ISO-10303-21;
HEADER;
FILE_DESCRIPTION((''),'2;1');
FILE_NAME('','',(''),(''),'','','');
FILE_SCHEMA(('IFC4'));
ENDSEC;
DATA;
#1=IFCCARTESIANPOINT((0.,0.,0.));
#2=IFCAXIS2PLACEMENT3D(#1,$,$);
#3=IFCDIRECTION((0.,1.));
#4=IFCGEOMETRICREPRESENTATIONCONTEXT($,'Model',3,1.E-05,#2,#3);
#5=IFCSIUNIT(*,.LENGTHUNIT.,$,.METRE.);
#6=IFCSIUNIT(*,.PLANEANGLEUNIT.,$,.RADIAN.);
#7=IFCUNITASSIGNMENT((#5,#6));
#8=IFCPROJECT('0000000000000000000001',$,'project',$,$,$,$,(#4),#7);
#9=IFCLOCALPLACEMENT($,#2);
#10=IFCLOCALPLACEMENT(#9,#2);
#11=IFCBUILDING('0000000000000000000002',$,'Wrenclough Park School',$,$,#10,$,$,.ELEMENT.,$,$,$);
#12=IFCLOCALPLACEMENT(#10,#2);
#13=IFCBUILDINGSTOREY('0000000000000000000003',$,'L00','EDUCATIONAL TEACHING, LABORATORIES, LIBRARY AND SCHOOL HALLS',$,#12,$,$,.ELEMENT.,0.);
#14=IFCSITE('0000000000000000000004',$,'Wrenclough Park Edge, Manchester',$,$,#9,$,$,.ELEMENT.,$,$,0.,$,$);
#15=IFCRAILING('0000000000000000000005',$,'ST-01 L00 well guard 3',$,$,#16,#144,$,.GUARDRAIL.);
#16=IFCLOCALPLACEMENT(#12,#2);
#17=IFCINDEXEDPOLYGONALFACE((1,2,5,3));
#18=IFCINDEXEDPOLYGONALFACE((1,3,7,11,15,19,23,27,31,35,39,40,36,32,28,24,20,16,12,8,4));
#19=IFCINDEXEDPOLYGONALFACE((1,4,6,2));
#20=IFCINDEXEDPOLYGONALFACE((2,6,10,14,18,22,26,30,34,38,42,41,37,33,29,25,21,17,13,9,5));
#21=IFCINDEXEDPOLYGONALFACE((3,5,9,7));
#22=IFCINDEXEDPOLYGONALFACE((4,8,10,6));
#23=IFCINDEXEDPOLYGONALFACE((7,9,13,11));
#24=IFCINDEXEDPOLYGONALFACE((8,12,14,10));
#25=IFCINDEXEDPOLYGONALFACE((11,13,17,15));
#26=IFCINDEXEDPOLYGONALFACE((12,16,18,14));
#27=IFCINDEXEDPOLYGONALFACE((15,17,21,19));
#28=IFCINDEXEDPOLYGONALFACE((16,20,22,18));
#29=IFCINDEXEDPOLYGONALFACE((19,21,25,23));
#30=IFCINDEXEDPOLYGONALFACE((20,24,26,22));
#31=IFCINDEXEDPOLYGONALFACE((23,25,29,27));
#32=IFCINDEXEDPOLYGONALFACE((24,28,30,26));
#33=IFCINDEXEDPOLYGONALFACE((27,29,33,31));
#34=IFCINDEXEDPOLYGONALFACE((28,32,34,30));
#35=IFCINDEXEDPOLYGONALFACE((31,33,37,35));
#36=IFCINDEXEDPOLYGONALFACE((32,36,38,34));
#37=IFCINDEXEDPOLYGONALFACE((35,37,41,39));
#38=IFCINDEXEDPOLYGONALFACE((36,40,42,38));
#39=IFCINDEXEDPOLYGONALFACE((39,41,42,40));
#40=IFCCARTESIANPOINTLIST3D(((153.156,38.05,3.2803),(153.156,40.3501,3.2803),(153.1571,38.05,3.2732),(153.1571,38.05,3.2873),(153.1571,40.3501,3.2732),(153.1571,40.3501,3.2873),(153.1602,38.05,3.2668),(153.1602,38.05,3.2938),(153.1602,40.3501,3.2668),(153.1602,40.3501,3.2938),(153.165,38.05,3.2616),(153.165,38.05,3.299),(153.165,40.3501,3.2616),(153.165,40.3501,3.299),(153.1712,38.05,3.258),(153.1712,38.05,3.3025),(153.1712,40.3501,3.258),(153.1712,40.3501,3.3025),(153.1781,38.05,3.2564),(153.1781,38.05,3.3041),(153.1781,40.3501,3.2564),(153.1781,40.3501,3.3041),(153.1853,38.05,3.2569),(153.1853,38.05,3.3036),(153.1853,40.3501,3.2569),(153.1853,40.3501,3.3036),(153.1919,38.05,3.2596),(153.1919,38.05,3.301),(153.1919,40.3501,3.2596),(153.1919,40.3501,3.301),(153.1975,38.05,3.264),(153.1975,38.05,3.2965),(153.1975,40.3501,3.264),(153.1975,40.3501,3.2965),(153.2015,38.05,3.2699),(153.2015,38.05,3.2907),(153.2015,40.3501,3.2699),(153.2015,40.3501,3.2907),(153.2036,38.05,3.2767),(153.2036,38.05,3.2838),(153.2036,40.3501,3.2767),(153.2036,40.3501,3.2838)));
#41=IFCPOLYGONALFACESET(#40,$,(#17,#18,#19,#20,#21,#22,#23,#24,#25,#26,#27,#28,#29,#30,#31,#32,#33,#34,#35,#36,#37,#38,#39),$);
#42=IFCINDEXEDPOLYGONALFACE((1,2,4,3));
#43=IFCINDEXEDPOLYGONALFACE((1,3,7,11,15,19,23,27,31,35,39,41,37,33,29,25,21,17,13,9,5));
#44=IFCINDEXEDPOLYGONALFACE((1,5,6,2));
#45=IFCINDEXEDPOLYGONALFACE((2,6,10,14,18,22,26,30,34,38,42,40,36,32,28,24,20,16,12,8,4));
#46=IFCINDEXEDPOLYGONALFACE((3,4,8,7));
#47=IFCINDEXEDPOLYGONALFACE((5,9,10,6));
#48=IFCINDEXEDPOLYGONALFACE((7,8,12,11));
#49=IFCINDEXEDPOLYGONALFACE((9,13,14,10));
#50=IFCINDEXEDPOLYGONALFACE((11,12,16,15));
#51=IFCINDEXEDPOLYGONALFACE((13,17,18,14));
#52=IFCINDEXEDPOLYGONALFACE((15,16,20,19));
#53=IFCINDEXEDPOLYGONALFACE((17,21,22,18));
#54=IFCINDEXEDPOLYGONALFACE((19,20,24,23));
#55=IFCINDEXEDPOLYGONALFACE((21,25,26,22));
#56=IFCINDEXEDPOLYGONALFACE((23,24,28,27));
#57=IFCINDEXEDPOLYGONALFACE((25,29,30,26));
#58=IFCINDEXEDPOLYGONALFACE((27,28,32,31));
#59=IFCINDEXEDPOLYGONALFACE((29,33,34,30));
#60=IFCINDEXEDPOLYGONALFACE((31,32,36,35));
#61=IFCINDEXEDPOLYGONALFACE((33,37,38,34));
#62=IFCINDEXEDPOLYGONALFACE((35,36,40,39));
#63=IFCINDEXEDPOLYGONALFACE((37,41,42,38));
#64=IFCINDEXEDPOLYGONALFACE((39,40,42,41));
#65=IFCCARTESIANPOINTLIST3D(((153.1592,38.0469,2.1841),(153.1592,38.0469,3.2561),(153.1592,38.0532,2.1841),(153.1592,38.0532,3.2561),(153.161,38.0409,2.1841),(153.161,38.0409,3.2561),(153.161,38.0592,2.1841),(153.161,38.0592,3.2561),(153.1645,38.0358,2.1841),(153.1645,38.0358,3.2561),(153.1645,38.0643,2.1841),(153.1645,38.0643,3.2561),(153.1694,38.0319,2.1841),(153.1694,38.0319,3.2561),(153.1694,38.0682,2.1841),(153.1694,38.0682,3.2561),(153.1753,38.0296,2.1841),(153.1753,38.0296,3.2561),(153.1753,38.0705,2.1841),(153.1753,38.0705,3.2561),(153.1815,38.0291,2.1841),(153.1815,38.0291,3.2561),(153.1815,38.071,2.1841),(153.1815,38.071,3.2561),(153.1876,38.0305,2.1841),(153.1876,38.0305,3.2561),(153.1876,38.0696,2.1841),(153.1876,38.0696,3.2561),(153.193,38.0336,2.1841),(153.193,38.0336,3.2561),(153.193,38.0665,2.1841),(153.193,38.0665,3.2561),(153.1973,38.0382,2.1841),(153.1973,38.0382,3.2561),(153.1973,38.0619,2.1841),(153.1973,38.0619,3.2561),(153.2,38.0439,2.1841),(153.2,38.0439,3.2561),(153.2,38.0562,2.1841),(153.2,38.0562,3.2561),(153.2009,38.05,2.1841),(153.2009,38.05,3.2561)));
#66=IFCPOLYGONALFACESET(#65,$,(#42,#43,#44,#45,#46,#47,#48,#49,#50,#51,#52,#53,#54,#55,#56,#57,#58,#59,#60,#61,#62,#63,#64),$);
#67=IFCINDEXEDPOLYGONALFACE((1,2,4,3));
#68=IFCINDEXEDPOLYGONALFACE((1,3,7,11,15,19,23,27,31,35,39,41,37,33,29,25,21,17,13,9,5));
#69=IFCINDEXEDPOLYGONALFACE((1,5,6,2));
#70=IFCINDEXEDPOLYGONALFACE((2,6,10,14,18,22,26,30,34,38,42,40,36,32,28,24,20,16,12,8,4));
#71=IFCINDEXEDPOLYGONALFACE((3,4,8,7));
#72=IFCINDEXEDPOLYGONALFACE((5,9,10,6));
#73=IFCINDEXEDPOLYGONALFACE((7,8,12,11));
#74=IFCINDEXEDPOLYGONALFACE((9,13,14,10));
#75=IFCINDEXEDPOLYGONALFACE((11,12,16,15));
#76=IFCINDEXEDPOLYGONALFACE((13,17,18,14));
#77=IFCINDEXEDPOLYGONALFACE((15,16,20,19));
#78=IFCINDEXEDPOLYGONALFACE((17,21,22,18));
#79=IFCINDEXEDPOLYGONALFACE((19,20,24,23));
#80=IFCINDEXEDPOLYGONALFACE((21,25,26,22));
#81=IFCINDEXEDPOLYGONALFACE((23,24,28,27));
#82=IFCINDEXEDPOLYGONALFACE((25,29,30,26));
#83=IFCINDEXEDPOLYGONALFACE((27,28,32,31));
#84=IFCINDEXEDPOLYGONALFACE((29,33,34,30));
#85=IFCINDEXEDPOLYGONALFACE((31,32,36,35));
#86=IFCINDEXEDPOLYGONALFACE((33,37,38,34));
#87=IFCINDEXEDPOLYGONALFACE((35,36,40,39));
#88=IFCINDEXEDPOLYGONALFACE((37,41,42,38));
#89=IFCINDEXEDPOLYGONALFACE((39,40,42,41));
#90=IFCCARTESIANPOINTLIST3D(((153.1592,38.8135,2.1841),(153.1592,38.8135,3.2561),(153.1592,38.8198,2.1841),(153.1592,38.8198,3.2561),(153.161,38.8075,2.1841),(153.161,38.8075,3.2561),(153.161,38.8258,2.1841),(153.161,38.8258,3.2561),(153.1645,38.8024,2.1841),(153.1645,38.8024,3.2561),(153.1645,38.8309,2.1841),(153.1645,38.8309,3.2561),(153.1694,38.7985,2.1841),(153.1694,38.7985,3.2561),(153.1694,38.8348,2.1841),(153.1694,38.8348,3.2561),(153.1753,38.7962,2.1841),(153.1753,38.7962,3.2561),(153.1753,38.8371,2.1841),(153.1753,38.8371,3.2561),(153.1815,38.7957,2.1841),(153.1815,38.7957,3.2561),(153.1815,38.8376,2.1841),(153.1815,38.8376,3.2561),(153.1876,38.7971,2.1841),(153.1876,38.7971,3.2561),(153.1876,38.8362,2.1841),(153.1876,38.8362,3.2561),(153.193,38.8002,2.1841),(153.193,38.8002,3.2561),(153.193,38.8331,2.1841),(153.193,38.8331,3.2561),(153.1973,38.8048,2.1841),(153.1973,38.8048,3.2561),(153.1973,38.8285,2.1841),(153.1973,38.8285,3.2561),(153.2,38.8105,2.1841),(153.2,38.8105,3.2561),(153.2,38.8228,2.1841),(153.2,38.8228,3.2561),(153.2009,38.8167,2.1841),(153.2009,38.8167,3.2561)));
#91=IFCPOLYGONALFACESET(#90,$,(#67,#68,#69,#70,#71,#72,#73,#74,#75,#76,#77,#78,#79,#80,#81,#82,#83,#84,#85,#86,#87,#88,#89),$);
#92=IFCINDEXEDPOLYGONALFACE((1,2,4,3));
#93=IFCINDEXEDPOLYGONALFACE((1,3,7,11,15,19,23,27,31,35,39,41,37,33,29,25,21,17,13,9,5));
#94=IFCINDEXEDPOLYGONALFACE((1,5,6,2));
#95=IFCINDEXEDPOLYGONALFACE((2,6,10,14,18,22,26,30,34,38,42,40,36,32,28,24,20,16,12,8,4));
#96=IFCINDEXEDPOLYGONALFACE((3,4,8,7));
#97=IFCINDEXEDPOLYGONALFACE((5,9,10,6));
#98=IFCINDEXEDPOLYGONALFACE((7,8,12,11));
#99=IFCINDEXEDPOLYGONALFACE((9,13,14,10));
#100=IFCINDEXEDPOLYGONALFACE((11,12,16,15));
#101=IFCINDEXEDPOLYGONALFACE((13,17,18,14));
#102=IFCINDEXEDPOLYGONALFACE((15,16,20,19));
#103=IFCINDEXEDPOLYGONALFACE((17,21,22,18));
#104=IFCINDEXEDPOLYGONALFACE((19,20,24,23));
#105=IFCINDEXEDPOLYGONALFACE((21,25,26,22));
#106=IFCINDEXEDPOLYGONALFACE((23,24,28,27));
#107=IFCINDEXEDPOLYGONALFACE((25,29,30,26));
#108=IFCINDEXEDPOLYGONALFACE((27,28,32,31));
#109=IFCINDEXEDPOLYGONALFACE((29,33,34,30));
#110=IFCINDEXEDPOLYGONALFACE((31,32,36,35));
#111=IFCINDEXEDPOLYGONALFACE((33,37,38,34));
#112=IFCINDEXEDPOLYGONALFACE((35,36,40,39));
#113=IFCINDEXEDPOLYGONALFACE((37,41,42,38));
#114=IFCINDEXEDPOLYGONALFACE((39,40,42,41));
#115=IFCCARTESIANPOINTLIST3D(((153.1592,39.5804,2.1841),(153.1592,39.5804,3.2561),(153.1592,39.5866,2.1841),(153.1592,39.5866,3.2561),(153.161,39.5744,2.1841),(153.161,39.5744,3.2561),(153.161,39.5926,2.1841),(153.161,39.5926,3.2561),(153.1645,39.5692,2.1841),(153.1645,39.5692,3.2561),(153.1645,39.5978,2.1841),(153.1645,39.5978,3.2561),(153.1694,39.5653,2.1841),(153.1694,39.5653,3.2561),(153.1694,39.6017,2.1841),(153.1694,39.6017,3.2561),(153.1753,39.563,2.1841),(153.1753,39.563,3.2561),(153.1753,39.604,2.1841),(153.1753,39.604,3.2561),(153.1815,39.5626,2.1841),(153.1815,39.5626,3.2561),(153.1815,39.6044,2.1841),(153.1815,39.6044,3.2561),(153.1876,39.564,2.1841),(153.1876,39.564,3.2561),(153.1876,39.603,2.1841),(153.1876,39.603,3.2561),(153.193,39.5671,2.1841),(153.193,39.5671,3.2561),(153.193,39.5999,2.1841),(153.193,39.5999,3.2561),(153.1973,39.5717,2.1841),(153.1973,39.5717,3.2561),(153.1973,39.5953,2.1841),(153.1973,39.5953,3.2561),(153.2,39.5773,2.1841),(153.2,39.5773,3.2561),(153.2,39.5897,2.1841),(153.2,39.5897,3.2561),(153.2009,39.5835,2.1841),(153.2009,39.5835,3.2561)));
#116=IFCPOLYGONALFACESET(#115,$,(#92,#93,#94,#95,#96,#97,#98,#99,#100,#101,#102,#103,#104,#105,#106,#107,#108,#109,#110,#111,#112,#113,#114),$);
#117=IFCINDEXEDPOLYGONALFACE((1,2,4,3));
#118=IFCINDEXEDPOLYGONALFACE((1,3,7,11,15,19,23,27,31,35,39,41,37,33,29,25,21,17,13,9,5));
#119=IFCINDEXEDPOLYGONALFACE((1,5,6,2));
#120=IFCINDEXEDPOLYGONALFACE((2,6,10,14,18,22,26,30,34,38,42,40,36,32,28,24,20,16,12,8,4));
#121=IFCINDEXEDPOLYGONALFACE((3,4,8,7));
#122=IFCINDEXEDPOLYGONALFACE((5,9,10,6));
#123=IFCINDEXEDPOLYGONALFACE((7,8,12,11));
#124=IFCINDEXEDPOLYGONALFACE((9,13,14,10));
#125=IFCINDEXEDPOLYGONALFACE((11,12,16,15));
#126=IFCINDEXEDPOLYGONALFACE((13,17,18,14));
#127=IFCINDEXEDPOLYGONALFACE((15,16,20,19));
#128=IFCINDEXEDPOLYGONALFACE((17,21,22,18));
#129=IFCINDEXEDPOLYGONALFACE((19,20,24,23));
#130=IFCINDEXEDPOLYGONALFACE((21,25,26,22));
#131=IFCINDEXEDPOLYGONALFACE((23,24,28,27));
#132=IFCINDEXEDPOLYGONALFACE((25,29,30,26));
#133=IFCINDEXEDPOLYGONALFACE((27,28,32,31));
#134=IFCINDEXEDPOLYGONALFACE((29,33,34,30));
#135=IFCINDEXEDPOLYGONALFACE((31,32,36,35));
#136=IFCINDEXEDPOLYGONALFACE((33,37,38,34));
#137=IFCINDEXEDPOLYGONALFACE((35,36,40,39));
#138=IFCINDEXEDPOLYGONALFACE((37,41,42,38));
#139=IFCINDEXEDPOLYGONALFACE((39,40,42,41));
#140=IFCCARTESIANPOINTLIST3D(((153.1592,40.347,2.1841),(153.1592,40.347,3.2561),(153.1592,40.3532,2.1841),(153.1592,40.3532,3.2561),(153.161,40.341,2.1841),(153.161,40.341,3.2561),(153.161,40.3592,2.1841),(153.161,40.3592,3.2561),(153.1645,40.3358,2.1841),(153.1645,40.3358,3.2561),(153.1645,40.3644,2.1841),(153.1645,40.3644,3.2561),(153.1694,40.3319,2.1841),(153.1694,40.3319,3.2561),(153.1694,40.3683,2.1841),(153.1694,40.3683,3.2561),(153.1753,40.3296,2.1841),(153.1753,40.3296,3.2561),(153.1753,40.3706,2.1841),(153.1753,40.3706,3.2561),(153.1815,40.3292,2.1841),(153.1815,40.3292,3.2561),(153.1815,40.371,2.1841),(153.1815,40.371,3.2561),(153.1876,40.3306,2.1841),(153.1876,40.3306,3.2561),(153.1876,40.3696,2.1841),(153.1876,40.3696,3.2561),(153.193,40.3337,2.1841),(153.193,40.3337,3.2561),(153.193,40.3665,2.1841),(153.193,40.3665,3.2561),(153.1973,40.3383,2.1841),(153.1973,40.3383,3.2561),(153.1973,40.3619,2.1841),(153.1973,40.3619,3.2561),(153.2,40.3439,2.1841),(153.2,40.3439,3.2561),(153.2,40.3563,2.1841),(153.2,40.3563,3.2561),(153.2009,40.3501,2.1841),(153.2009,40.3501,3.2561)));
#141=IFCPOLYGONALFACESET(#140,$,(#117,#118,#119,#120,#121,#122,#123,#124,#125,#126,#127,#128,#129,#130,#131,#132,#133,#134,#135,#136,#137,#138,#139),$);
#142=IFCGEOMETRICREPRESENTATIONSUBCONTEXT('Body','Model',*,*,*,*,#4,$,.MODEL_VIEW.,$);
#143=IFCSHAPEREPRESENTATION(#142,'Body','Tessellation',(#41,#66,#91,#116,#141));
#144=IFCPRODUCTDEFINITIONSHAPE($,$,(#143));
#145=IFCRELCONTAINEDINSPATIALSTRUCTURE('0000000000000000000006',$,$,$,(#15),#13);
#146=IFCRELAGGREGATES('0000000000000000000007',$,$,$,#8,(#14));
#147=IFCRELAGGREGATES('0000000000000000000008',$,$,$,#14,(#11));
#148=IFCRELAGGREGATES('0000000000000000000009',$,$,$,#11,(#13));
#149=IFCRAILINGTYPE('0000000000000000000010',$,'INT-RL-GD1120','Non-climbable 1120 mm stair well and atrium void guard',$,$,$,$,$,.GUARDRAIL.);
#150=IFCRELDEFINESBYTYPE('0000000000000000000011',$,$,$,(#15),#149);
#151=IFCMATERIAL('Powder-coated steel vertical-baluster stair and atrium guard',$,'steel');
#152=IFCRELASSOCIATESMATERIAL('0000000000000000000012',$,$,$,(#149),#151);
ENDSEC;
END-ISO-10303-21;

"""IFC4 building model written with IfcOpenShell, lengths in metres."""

from ifc_helpers import new_model, si_unit, direction, frame, origin, origin_2d, place, context, subcontext, project, spatial, circle, extrude, material, type_object, element, save


model = new_model("IFC4")

# Units and contexts
model_context = context("Model", 3, precision=1e-05, world=origin(), true_north=direction((0.0, 1.0)))
body_context = subcontext(model_context, "Body", "Model", "MODEL_VIEW")
ifc_project = project(units=[si_unit("LENGTHUNIT", "METRE"), si_unit("PLANEANGLEUNIT", "RADIAN")], contexts=[model_context])

# Site, building, storey
site_placement = place(None, origin())
site = spatial("IfcSite", under=ifc_project, at=site_placement, Name="Wrenclough Park Edge, Manchester", CompositionType="ELEMENT", RefElevation=0.0)
building_placement = place(site_placement, origin())
building = spatial("IfcBuilding", under=site, at=building_placement, Name="Wrenclough Park School", CompositionType="ELEMENT")
storey_placement = place(building_placement, origin())
storey = spatial("IfcBuildingStorey", under=building, at=storey_placement, Name="L00", Description="EDUCATIONAL TEACHING, LABORATORIES, LIBRARY AND SCHOOL HALLS", CompositionType="ELEMENT", Elevation=0.0)

# Railing
ifc_material_1 = material(Name="Powder-coated steel vertical-baluster stair and atrium guard", Category="steel")
railing_type_1 = type_object("IfcRailingType", Name="INT-RL-GD1120", Description="Non-climbable 1120 mm stair well and atrium void guard", PredefinedType="GUARDRAIL", material=ifc_material_1)
railing_1_placement = place(storey_placement, frame((153.1799, 38.05, 2.1841)))
element("IfcRailing", 1, at=railing_1_placement, inside=storey, type_object=railing_type_1, Name="ST-01 L00 well guard 3", PredefinedType="GUARDRAIL", context=body_context, shape_type="SweptSolid", body=[
    extrude(circle(Radius=0.0239, at=origin_2d()), frame((0.0, 0.0, 1.0962), z_axis=(0.0, 1.0, 0.0), x_axis=(-1.0, 0.0, 0.0)), (0.0, 0.0, 1.0), 2.3),
    extrude(circle(Radius=0.021, at=origin_2d()), origin(), (0.0, 0.0, 1.0), 1.072),
    extrude(circle(Radius=0.021, at=origin_2d()), frame((0.0, 0.7666, 0.0)), (0.0, 0.0, 1.0), 1.072),
    extrude(circle(Radius=0.021, at=origin_2d()), frame((0.0, 1.5334, 0.0)), (0.0, 0.0, 1.0), 1.072),
    extrude(circle(Radius=0.021, at=origin_2d()), frame((0.0, 2.3, 0.0)), (0.0, 0.0, 1.0), 1.072),
])

save(model, "model.ifc")
